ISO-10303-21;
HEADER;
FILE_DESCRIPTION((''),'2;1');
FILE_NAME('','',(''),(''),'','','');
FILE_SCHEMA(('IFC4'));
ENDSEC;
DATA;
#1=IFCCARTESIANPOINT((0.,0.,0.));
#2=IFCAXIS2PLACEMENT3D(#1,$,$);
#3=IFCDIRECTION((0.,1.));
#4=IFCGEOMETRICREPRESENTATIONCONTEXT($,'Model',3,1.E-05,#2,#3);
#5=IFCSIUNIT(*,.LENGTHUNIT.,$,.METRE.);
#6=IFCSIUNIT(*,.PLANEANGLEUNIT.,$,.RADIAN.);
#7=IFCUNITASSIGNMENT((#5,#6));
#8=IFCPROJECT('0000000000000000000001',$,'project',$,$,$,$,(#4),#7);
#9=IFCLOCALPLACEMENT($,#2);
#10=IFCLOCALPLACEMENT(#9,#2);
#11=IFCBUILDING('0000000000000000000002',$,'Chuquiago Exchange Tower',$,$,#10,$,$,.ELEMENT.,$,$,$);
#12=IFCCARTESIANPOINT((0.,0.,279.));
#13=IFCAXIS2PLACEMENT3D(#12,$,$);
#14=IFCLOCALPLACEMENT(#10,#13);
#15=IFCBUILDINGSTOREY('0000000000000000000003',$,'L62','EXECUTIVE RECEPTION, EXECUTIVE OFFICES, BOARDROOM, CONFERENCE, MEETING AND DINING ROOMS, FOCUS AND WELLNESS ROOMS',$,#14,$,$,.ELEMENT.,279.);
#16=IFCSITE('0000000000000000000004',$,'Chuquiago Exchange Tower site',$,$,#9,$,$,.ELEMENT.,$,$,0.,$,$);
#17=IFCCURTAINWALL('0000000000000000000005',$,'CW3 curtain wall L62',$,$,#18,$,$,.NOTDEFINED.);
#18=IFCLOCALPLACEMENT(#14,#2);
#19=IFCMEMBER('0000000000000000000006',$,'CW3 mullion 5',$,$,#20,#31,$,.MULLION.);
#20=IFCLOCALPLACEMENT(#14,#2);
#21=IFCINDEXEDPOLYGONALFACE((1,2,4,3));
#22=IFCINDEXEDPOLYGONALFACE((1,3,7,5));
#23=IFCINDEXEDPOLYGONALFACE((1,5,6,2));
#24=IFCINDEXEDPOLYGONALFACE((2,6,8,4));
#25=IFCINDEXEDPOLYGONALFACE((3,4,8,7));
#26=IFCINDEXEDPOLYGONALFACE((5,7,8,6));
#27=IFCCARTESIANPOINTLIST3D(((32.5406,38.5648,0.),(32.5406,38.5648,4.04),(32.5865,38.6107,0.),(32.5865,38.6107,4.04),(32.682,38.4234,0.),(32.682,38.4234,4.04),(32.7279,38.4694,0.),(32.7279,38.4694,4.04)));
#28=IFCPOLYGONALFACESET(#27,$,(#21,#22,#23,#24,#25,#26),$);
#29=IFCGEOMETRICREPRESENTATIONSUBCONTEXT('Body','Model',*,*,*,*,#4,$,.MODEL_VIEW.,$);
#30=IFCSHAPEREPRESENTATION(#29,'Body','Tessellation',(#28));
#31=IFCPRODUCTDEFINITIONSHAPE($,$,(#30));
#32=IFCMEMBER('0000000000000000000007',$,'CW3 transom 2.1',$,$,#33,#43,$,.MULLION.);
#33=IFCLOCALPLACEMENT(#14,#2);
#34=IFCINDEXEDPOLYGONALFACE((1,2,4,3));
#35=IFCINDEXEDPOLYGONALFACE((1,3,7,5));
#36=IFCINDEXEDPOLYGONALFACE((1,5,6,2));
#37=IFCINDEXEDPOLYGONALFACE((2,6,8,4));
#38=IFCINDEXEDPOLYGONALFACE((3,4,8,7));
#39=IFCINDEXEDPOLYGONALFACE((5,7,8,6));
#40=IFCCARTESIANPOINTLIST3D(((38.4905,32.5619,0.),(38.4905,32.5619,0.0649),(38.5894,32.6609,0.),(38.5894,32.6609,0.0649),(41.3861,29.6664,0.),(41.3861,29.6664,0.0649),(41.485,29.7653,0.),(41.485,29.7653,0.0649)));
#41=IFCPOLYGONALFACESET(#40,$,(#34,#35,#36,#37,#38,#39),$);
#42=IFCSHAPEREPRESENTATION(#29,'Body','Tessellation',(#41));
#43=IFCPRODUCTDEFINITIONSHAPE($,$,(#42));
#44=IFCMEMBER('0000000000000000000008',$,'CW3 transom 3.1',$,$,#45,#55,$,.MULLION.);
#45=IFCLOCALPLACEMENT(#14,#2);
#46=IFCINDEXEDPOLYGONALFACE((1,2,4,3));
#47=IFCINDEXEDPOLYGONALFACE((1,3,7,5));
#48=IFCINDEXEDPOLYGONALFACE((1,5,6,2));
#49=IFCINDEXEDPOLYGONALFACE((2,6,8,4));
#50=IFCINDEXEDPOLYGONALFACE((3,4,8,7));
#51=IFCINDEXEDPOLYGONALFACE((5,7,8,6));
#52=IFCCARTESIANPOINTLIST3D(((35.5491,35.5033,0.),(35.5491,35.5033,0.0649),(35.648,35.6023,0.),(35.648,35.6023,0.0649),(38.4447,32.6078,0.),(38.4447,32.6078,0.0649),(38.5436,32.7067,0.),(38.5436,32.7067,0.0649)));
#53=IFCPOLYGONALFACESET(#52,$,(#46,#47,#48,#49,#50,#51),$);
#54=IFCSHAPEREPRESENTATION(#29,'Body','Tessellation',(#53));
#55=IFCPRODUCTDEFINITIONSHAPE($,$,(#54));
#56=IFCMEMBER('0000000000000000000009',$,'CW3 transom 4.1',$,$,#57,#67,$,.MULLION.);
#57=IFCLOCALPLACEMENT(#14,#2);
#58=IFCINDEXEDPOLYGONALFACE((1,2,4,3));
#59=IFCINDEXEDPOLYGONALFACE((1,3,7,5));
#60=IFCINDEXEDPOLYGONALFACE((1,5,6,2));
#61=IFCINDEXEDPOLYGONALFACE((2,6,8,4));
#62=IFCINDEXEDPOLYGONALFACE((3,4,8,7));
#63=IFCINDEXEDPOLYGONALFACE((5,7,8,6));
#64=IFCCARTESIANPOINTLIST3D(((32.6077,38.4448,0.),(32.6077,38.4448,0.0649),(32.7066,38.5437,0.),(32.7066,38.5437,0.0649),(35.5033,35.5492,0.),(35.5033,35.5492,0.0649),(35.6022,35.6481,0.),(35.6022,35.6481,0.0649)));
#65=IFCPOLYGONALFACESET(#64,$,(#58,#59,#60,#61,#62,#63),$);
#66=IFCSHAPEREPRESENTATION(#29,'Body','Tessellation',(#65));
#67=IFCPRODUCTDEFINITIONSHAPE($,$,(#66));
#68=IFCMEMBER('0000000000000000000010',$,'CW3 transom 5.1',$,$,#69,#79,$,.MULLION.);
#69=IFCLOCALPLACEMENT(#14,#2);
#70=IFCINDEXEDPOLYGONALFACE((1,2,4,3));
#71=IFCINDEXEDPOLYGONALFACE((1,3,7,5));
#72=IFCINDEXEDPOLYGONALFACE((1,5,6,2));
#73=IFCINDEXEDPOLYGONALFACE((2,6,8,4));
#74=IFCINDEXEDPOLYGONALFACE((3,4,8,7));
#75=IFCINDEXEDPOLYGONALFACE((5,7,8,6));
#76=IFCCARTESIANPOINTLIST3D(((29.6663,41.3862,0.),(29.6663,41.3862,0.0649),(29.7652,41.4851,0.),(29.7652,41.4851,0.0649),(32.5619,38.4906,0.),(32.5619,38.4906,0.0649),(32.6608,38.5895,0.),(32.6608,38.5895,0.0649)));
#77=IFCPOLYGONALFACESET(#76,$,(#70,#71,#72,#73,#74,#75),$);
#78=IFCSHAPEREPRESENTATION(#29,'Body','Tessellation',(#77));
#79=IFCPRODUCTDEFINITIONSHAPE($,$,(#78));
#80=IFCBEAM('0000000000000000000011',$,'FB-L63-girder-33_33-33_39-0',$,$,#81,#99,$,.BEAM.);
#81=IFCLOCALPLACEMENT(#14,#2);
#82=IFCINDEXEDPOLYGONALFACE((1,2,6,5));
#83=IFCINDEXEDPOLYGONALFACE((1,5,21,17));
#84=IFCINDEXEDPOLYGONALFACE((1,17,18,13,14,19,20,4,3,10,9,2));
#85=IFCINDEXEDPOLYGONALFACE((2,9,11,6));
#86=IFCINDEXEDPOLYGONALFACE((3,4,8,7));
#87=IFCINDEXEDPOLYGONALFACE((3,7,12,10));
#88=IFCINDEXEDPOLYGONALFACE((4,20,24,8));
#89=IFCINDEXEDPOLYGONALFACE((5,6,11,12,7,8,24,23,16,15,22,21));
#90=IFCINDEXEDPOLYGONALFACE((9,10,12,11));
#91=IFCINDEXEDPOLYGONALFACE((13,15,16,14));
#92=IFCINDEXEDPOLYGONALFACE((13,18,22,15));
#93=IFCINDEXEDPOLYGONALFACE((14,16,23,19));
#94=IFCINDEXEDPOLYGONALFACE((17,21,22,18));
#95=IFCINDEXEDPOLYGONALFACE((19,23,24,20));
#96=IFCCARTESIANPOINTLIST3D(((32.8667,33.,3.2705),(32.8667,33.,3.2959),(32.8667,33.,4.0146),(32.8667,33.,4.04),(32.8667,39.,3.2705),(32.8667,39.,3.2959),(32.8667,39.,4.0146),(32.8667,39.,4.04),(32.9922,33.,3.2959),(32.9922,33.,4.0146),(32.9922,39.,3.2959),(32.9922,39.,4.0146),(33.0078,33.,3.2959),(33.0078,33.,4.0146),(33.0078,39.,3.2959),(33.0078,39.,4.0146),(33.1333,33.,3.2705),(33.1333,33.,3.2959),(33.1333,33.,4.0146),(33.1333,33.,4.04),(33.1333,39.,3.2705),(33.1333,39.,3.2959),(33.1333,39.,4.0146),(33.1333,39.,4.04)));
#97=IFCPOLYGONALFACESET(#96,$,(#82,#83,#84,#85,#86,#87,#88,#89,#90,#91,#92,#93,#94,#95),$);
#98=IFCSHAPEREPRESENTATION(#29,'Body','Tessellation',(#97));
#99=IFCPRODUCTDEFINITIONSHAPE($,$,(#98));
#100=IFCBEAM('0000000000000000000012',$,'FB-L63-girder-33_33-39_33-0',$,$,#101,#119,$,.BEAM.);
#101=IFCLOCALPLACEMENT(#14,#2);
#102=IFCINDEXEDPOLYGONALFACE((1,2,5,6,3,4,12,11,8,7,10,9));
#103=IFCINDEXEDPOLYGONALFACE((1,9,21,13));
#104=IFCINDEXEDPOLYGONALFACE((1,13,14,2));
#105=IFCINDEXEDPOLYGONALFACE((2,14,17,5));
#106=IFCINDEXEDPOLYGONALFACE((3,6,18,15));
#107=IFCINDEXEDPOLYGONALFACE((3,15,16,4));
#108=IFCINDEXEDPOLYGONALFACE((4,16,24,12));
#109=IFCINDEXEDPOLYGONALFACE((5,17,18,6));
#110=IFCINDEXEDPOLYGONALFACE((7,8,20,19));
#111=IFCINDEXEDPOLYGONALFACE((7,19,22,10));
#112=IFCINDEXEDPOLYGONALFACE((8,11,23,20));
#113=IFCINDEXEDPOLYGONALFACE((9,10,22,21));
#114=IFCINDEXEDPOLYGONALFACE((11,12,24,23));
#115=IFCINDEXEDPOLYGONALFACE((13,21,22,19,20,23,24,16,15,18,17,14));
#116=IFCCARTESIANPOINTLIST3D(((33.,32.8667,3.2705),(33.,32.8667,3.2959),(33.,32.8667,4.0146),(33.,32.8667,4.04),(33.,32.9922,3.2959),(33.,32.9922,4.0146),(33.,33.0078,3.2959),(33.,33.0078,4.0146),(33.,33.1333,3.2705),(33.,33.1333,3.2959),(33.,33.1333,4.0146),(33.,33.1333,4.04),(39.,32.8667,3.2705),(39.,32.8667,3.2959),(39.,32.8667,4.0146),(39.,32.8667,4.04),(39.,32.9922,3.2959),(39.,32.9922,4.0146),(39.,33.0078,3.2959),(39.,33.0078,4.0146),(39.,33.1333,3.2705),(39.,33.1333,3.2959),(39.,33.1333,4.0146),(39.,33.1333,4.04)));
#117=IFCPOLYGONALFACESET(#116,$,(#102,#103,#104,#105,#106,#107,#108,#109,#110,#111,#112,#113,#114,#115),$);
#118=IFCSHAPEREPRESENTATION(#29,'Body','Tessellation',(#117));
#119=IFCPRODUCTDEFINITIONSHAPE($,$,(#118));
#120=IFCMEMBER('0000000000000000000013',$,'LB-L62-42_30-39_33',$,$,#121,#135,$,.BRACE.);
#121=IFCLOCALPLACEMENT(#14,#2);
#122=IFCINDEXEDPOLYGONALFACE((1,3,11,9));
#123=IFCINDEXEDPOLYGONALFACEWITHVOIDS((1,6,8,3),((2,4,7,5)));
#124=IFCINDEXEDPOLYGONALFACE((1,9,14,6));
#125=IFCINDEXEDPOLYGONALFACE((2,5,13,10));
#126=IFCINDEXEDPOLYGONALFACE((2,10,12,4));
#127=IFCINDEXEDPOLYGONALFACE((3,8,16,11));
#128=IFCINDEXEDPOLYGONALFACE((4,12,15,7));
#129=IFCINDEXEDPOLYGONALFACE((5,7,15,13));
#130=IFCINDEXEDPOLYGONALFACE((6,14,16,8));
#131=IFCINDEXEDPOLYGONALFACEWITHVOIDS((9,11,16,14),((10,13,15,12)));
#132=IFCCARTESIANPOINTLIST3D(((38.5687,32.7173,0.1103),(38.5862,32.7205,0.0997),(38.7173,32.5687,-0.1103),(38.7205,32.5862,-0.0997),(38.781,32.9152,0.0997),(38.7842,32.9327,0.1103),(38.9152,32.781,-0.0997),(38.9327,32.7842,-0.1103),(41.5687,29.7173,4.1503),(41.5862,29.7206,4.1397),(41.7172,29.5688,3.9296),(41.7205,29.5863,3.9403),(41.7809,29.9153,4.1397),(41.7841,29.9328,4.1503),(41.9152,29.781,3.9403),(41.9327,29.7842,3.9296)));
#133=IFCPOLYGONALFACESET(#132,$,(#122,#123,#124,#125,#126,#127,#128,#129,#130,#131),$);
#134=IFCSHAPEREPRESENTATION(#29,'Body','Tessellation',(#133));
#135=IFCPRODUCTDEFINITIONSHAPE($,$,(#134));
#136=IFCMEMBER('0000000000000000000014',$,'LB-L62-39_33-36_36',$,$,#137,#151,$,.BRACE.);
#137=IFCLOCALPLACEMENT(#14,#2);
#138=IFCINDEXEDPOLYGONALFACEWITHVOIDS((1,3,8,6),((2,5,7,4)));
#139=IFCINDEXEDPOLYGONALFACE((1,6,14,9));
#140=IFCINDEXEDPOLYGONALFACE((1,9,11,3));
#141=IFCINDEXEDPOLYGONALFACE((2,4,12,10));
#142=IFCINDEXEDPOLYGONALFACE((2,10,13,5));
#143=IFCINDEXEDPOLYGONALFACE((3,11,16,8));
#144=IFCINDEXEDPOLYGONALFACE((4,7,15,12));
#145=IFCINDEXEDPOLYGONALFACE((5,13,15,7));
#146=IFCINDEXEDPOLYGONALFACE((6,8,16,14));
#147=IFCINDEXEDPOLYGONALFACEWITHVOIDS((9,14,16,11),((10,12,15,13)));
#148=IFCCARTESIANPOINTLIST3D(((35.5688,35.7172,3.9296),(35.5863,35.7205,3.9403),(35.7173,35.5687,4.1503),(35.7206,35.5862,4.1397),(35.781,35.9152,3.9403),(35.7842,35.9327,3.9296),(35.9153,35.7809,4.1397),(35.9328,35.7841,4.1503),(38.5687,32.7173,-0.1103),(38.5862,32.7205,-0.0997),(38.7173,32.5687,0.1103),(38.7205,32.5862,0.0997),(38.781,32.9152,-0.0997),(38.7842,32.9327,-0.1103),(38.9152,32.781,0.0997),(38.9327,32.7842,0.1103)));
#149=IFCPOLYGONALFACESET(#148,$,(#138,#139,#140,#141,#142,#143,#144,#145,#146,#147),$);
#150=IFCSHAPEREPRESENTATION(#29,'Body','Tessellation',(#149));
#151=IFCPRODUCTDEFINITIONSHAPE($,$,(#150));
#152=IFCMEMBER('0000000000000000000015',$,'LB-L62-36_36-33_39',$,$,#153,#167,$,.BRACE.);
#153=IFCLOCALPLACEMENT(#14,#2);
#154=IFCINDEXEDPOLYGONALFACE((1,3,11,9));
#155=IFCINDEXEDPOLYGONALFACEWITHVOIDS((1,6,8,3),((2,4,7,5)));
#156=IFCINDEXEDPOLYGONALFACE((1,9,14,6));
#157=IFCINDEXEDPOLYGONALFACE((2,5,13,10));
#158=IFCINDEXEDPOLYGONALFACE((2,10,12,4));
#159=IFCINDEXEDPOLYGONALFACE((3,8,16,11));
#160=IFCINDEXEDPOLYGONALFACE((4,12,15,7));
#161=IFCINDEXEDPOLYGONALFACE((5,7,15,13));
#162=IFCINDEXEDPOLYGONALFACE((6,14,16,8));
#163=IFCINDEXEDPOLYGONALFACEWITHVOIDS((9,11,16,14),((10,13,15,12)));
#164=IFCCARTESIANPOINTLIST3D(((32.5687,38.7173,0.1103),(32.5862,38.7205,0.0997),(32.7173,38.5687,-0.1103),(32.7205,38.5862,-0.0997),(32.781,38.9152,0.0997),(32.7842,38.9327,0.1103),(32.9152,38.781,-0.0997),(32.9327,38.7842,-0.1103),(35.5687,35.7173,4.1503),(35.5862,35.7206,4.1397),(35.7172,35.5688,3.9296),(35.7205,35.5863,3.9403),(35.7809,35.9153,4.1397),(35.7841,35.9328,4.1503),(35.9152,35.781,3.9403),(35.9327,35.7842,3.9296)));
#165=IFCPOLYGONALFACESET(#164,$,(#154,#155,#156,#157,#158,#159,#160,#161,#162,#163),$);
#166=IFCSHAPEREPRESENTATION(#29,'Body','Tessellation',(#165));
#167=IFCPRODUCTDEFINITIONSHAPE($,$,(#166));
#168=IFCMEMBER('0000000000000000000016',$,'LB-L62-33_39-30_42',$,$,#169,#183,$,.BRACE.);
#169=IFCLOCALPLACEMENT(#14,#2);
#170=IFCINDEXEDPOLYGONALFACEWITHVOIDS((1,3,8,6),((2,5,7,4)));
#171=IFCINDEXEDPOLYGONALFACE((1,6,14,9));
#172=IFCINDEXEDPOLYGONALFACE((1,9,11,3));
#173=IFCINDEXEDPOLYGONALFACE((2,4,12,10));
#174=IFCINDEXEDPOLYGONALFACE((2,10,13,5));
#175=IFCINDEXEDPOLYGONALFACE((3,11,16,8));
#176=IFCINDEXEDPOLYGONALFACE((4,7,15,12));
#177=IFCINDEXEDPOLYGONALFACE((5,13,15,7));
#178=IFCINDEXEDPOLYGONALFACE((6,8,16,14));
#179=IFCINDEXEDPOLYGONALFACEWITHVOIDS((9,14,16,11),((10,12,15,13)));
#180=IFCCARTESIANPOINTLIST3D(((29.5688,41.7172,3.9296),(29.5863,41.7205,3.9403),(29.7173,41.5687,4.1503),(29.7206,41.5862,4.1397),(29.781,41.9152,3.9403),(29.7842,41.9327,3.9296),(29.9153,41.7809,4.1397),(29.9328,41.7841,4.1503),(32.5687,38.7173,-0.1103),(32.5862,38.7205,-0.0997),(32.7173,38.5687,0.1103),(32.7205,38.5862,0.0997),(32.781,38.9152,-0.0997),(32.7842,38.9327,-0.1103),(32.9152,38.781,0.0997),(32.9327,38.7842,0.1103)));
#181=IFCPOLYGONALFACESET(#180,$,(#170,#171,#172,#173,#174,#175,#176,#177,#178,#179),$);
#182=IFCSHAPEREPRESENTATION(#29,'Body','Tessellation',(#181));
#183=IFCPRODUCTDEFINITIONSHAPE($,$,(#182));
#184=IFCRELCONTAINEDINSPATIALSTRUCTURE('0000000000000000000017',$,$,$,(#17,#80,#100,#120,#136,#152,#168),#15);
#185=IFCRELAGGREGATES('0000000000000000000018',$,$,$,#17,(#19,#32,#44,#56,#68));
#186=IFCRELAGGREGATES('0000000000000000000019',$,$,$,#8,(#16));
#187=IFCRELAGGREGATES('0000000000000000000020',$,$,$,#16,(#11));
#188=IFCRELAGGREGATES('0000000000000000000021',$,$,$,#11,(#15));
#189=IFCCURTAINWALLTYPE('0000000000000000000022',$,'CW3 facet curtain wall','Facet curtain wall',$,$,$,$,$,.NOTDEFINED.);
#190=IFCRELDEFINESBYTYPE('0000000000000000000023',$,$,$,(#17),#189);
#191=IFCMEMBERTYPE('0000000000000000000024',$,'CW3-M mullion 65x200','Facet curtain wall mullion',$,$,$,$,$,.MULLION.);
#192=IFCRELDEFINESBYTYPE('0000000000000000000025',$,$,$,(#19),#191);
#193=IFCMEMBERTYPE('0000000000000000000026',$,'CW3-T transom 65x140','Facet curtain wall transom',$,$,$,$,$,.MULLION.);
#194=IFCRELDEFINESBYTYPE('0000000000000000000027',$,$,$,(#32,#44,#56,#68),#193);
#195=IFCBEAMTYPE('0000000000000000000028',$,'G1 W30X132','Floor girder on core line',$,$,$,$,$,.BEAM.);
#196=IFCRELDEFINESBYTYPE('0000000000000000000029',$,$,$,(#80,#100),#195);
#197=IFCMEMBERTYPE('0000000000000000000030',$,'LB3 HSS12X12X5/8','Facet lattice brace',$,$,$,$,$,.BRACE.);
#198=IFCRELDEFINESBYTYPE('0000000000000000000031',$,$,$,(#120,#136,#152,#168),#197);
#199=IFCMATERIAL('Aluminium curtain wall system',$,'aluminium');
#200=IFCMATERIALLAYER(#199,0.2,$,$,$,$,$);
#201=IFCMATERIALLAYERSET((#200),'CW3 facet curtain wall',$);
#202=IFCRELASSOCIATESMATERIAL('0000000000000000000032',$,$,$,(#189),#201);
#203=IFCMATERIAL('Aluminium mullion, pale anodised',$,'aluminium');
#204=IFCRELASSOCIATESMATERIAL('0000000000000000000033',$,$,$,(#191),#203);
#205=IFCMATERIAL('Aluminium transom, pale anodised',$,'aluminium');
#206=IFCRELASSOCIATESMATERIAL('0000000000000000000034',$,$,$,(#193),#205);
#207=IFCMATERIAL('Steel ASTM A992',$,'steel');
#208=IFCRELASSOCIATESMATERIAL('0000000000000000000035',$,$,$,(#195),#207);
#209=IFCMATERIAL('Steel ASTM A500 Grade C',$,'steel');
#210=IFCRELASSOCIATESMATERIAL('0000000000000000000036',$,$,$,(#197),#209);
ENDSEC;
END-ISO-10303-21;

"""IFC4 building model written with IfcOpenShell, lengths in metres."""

from ifc_helpers import new_model, si_unit, direction, frame, origin, origin_2d, place, context, subcontext, project, spatial, rectangle, hollow_rectangle, i_section, extrude, material, layer, layer_set, material_profile, profile_set, type_object, element, aggregate, save


model = new_model("IFC4")

# Units and contexts
model_context = context("Model", 3, precision=1e-05, world=origin(), true_north=direction((0.0, 1.0)))
body_context = subcontext(model_context, "Body", "Model", "MODEL_VIEW")
ifc_project = project(units=[si_unit("LENGTHUNIT", "METRE"), si_unit("PLANEANGLEUNIT", "RADIAN")], contexts=[model_context])

# Site, building, storey
site_placement = place(None, origin())
site = spatial("IfcSite", under=ifc_project, at=site_placement, Name="Chuquiago Exchange Tower site", CompositionType="ELEMENT", RefElevation=0.0)
building_placement = place(site_placement, origin())
building = spatial("IfcBuilding", under=site, at=building_placement, Name="Chuquiago Exchange Tower", CompositionType="ELEMENT")
storey_placement = place(building_placement, frame((0.0, 0.0, 279.0)))
storey = spatial("IfcBuildingStorey", under=building, at=storey_placement, Name="L62", Description="EXECUTIVE RECEPTION, EXECUTIVE OFFICES, BOARDROOM, CONFERENCE, MEETING AND DINING ROOMS, FOCUS AND WELLNESS ROOMS", CompositionType="ELEMENT", Elevation=279.0)

# Curtain wall, members
ifc_material_1 = material(Name="Aluminium curtain wall system", Category="aluminium")
ifc_layer_1 = layer(ifc_material_1, 0.2)
ifc_layer_set_1 = layer_set([ifc_layer_1], Name="CW3 facet curtain wall")
curtain_wall_type = type_object("IfcCurtainWallType", Name="CW3 facet curtain wall", Description="Facet curtain wall", PredefinedType="NOTDEFINED", material=ifc_layer_set_1)
curtain_wall_placement = place(storey_placement, origin())
curtain_wall = element("IfcCurtainWall", 1, at=curtain_wall_placement, inside=storey, type_object=curtain_wall_type, Name="CW3 curtain wall L62", PredefinedType="NOTDEFINED")
ifc_material_2 = material(Name="Aluminium mullion, pale anodised", Category="aluminium")
ifc_material_profile_1 = material_profile(ifc_material_2, rectangle(XDim=0.0649, YDim=0.2, at=origin_2d()), Name="AL 65x200")
ifc_profile_set_1 = profile_set([ifc_material_profile_1], Name="Aluminium mullion, pale anodised")
member_type_1 = type_object("IfcMemberType", Name="CW3-M mullion 65x200", Description="Facet curtain wall mullion", PredefinedType="MULLION", material=ifc_profile_set_1)
member_1_placement = place(storey_placement, frame((32.6343, 38.5171, 0.0), z_axis=(0.0, 0.0, 1.0), x_axis=(-0.707107, -0.707107, 0.0)))
member_1 = element("IfcMember", 2, at=member_1_placement, type_object=member_type_1, Name="CW3 mullion 5", PredefinedType="MULLION", context=body_context, shape_type="SweptSolid", body=[
    extrude(rectangle(XDim=0.0649, YDim=0.2, at=origin_2d()), origin(), (0.0, 0.0, 1.0), 4.04),
])
ifc_material_3 = material(Name="Aluminium transom, pale anodised", Category="aluminium")
ifc_material_profile_2 = material_profile(ifc_material_3, rectangle(XDim=0.1399, YDim=0.0649, at=origin_2d()), Name="AL 140x65")
ifc_profile_set_2 = profile_set([ifc_material_profile_2], Name="Aluminium transom, pale anodised")
member_type_2 = type_object("IfcMemberType", Name="CW3-T transom 65x140", Description="Facet curtain wall transom", PredefinedType="MULLION", material=ifc_profile_set_2)
member_2_placement = place(storey_placement, frame((41.4355, 29.7158, 0.0325), z_axis=(-0.707107, 0.707107, 0.0), x_axis=(-0.707107, -0.707107, 0.0)))
member_2 = element("IfcMember", 3, at=member_2_placement, type_object=member_type_2, Name="CW3 transom 2.1", PredefinedType="MULLION", context=body_context, shape_type="SweptSolid", body=[
    extrude(rectangle(XDim=0.1399, YDim=0.0649, at=origin_2d()), origin(), (0.0, 0.0, 1.0), 4.095),
])
member_3_placement = place(storey_placement, frame((38.4941, 32.6572, 0.0325), z_axis=(-0.707107, 0.707107, 0.0), x_axis=(-0.707107, -0.707107, 0.0)))
member_3 = element("IfcMember", 4, at=member_3_placement, type_object=member_type_2, Name="CW3 transom 3.1", PredefinedType="MULLION", context=body_context, shape_type="SweptSolid", body=[
    extrude(rectangle(XDim=0.1399, YDim=0.0649, at=origin_2d()), origin(), (0.0, 0.0, 1.0), 4.095),
])
member_4_placement = place(storey_placement, frame((35.5527, 35.5986, 0.0325), z_axis=(-0.707107, 0.707107, 0.0), x_axis=(-0.707107, -0.707107, 0.0)))
member_4 = element("IfcMember", 5, at=member_4_placement, type_object=member_type_2, Name="CW3 transom 4.1", PredefinedType="MULLION", context=body_context, shape_type="SweptSolid", body=[
    extrude(rectangle(XDim=0.1399, YDim=0.0649, at=origin_2d()), origin(), (0.0, 0.0, 1.0), 4.095),
])
member_5_placement = place(storey_placement, frame((32.6113, 38.54, 0.0325), z_axis=(-0.707107, 0.707107, 0.0), x_axis=(-0.707107, -0.707107, 0.0)))
member_5 = element("IfcMember", 6, at=member_5_placement, type_object=member_type_2, Name="CW3 transom 5.1", PredefinedType="MULLION", context=body_context, shape_type="SweptSolid", body=[
    extrude(rectangle(XDim=0.1399, YDim=0.0649, at=origin_2d()), origin(), (0.0, 0.0, 1.0), 4.095),
])

# Beams
ifc_material_4 = material(Name="Steel ASTM A992", Category="steel")
ifc_material_profile_3 = material_profile(ifc_material_4, i_section(OverallWidth=0.2666, OverallDepth=0.7695, WebThickness=0.0156, FlangeThickness=0.0254, at=origin_2d()), Name="W30X132")
ifc_profile_set_3 = profile_set([ifc_material_profile_3], Name="Steel ASTM A992")
beam_type_1 = type_object("IfcBeamType", Name="G1 W30X132", Description="Floor girder on core line", PredefinedType="BEAM", material=ifc_profile_set_3)
for number, where, z_axis, x_axis, name in (
    (7, (33.0, 33.0, 3.6553), (0.0, 1.0, 0.0), (-1.0, 0.0, 0.0), "FB-L63-girder-33_33-33_39-0"),
    (8, (33.0, 33.0, 3.6553), (1.0, 0.0, 0.0), (0.0, 1.0, 0.0), "FB-L63-girder-33_33-39_33-0"),
):
    element("IfcBeam", number, at=place(storey_placement, frame(where, z_axis=z_axis, x_axis=x_axis)), inside=storey, type_object=beam_type_1, Name=name, PredefinedType="BEAM", context=body_context, shape_type="SweptSolid", body=[
        extrude(i_section(OverallWidth=0.2666, OverallDepth=0.7695, WebThickness=0.0156, FlangeThickness=0.0254, at=origin_2d()), origin(), (0.0, 0.0, 1.0), 6.0),
    ])

# Members
ifc_material_5 = material(Name="Steel ASTM A500 Grade C", Category="steel")
ifc_material_profile_4 = material_profile(ifc_material_5, hollow_rectangle(XDim=0.3047, YDim=0.3047, WallThickness=0.0146, at=origin_2d()), Name="HSS12X12X5/8")
ifc_profile_set_4 = profile_set([ifc_material_profile_4], Name="Steel ASTM A500 Grade C")
member_type_3 = type_object("IfcMemberType", Name="LB3 HSS12X12X5/8", Description="Facet lattice brace", PredefinedType="BRACE", material=ifc_profile_set_4)
for number, where, z_axis, x_axis, name in (
    (9, (38.7507, 32.7507, 0.0), (0.512077, -0.512077, 0.689604), (0.707107, 0.707107, 0.0), "LB-L62-42_30-39_33"),
    (10, (38.7507, 32.7507, 0.0), (-0.512077, 0.512077, 0.689604), (-0.707107, -0.707107, 0.0), "LB-L62-39_33-36_36"),
    (11, (32.7507, 38.7507, 0.0), (0.512077, -0.512077, 0.689604), (0.707107, 0.707107, 0.0), "LB-L62-36_36-33_39"),
    (12, (32.7507, 38.7507, 0.0), (-0.512077, 0.512077, 0.689604), (-0.707107, -0.707107, 0.0), "LB-L62-33_39-30_42"),
):
    element("IfcMember", number, at=place(storey_placement, frame(where, z_axis=z_axis, x_axis=x_axis)), inside=storey, type_object=member_type_3, Name=name, PredefinedType="BRACE", context=body_context, shape_type="SweptSolid", body=[
        extrude(hollow_rectangle(XDim=0.3047, YDim=0.3047, WallThickness=0.0146, at=origin_2d()), origin(), (0.0, 0.0, 1.0), 5.8584),
    ])

aggregate(curtain_wall, [member_1, member_2, member_3, member_4, member_5])

save(model, "model.ifc")
